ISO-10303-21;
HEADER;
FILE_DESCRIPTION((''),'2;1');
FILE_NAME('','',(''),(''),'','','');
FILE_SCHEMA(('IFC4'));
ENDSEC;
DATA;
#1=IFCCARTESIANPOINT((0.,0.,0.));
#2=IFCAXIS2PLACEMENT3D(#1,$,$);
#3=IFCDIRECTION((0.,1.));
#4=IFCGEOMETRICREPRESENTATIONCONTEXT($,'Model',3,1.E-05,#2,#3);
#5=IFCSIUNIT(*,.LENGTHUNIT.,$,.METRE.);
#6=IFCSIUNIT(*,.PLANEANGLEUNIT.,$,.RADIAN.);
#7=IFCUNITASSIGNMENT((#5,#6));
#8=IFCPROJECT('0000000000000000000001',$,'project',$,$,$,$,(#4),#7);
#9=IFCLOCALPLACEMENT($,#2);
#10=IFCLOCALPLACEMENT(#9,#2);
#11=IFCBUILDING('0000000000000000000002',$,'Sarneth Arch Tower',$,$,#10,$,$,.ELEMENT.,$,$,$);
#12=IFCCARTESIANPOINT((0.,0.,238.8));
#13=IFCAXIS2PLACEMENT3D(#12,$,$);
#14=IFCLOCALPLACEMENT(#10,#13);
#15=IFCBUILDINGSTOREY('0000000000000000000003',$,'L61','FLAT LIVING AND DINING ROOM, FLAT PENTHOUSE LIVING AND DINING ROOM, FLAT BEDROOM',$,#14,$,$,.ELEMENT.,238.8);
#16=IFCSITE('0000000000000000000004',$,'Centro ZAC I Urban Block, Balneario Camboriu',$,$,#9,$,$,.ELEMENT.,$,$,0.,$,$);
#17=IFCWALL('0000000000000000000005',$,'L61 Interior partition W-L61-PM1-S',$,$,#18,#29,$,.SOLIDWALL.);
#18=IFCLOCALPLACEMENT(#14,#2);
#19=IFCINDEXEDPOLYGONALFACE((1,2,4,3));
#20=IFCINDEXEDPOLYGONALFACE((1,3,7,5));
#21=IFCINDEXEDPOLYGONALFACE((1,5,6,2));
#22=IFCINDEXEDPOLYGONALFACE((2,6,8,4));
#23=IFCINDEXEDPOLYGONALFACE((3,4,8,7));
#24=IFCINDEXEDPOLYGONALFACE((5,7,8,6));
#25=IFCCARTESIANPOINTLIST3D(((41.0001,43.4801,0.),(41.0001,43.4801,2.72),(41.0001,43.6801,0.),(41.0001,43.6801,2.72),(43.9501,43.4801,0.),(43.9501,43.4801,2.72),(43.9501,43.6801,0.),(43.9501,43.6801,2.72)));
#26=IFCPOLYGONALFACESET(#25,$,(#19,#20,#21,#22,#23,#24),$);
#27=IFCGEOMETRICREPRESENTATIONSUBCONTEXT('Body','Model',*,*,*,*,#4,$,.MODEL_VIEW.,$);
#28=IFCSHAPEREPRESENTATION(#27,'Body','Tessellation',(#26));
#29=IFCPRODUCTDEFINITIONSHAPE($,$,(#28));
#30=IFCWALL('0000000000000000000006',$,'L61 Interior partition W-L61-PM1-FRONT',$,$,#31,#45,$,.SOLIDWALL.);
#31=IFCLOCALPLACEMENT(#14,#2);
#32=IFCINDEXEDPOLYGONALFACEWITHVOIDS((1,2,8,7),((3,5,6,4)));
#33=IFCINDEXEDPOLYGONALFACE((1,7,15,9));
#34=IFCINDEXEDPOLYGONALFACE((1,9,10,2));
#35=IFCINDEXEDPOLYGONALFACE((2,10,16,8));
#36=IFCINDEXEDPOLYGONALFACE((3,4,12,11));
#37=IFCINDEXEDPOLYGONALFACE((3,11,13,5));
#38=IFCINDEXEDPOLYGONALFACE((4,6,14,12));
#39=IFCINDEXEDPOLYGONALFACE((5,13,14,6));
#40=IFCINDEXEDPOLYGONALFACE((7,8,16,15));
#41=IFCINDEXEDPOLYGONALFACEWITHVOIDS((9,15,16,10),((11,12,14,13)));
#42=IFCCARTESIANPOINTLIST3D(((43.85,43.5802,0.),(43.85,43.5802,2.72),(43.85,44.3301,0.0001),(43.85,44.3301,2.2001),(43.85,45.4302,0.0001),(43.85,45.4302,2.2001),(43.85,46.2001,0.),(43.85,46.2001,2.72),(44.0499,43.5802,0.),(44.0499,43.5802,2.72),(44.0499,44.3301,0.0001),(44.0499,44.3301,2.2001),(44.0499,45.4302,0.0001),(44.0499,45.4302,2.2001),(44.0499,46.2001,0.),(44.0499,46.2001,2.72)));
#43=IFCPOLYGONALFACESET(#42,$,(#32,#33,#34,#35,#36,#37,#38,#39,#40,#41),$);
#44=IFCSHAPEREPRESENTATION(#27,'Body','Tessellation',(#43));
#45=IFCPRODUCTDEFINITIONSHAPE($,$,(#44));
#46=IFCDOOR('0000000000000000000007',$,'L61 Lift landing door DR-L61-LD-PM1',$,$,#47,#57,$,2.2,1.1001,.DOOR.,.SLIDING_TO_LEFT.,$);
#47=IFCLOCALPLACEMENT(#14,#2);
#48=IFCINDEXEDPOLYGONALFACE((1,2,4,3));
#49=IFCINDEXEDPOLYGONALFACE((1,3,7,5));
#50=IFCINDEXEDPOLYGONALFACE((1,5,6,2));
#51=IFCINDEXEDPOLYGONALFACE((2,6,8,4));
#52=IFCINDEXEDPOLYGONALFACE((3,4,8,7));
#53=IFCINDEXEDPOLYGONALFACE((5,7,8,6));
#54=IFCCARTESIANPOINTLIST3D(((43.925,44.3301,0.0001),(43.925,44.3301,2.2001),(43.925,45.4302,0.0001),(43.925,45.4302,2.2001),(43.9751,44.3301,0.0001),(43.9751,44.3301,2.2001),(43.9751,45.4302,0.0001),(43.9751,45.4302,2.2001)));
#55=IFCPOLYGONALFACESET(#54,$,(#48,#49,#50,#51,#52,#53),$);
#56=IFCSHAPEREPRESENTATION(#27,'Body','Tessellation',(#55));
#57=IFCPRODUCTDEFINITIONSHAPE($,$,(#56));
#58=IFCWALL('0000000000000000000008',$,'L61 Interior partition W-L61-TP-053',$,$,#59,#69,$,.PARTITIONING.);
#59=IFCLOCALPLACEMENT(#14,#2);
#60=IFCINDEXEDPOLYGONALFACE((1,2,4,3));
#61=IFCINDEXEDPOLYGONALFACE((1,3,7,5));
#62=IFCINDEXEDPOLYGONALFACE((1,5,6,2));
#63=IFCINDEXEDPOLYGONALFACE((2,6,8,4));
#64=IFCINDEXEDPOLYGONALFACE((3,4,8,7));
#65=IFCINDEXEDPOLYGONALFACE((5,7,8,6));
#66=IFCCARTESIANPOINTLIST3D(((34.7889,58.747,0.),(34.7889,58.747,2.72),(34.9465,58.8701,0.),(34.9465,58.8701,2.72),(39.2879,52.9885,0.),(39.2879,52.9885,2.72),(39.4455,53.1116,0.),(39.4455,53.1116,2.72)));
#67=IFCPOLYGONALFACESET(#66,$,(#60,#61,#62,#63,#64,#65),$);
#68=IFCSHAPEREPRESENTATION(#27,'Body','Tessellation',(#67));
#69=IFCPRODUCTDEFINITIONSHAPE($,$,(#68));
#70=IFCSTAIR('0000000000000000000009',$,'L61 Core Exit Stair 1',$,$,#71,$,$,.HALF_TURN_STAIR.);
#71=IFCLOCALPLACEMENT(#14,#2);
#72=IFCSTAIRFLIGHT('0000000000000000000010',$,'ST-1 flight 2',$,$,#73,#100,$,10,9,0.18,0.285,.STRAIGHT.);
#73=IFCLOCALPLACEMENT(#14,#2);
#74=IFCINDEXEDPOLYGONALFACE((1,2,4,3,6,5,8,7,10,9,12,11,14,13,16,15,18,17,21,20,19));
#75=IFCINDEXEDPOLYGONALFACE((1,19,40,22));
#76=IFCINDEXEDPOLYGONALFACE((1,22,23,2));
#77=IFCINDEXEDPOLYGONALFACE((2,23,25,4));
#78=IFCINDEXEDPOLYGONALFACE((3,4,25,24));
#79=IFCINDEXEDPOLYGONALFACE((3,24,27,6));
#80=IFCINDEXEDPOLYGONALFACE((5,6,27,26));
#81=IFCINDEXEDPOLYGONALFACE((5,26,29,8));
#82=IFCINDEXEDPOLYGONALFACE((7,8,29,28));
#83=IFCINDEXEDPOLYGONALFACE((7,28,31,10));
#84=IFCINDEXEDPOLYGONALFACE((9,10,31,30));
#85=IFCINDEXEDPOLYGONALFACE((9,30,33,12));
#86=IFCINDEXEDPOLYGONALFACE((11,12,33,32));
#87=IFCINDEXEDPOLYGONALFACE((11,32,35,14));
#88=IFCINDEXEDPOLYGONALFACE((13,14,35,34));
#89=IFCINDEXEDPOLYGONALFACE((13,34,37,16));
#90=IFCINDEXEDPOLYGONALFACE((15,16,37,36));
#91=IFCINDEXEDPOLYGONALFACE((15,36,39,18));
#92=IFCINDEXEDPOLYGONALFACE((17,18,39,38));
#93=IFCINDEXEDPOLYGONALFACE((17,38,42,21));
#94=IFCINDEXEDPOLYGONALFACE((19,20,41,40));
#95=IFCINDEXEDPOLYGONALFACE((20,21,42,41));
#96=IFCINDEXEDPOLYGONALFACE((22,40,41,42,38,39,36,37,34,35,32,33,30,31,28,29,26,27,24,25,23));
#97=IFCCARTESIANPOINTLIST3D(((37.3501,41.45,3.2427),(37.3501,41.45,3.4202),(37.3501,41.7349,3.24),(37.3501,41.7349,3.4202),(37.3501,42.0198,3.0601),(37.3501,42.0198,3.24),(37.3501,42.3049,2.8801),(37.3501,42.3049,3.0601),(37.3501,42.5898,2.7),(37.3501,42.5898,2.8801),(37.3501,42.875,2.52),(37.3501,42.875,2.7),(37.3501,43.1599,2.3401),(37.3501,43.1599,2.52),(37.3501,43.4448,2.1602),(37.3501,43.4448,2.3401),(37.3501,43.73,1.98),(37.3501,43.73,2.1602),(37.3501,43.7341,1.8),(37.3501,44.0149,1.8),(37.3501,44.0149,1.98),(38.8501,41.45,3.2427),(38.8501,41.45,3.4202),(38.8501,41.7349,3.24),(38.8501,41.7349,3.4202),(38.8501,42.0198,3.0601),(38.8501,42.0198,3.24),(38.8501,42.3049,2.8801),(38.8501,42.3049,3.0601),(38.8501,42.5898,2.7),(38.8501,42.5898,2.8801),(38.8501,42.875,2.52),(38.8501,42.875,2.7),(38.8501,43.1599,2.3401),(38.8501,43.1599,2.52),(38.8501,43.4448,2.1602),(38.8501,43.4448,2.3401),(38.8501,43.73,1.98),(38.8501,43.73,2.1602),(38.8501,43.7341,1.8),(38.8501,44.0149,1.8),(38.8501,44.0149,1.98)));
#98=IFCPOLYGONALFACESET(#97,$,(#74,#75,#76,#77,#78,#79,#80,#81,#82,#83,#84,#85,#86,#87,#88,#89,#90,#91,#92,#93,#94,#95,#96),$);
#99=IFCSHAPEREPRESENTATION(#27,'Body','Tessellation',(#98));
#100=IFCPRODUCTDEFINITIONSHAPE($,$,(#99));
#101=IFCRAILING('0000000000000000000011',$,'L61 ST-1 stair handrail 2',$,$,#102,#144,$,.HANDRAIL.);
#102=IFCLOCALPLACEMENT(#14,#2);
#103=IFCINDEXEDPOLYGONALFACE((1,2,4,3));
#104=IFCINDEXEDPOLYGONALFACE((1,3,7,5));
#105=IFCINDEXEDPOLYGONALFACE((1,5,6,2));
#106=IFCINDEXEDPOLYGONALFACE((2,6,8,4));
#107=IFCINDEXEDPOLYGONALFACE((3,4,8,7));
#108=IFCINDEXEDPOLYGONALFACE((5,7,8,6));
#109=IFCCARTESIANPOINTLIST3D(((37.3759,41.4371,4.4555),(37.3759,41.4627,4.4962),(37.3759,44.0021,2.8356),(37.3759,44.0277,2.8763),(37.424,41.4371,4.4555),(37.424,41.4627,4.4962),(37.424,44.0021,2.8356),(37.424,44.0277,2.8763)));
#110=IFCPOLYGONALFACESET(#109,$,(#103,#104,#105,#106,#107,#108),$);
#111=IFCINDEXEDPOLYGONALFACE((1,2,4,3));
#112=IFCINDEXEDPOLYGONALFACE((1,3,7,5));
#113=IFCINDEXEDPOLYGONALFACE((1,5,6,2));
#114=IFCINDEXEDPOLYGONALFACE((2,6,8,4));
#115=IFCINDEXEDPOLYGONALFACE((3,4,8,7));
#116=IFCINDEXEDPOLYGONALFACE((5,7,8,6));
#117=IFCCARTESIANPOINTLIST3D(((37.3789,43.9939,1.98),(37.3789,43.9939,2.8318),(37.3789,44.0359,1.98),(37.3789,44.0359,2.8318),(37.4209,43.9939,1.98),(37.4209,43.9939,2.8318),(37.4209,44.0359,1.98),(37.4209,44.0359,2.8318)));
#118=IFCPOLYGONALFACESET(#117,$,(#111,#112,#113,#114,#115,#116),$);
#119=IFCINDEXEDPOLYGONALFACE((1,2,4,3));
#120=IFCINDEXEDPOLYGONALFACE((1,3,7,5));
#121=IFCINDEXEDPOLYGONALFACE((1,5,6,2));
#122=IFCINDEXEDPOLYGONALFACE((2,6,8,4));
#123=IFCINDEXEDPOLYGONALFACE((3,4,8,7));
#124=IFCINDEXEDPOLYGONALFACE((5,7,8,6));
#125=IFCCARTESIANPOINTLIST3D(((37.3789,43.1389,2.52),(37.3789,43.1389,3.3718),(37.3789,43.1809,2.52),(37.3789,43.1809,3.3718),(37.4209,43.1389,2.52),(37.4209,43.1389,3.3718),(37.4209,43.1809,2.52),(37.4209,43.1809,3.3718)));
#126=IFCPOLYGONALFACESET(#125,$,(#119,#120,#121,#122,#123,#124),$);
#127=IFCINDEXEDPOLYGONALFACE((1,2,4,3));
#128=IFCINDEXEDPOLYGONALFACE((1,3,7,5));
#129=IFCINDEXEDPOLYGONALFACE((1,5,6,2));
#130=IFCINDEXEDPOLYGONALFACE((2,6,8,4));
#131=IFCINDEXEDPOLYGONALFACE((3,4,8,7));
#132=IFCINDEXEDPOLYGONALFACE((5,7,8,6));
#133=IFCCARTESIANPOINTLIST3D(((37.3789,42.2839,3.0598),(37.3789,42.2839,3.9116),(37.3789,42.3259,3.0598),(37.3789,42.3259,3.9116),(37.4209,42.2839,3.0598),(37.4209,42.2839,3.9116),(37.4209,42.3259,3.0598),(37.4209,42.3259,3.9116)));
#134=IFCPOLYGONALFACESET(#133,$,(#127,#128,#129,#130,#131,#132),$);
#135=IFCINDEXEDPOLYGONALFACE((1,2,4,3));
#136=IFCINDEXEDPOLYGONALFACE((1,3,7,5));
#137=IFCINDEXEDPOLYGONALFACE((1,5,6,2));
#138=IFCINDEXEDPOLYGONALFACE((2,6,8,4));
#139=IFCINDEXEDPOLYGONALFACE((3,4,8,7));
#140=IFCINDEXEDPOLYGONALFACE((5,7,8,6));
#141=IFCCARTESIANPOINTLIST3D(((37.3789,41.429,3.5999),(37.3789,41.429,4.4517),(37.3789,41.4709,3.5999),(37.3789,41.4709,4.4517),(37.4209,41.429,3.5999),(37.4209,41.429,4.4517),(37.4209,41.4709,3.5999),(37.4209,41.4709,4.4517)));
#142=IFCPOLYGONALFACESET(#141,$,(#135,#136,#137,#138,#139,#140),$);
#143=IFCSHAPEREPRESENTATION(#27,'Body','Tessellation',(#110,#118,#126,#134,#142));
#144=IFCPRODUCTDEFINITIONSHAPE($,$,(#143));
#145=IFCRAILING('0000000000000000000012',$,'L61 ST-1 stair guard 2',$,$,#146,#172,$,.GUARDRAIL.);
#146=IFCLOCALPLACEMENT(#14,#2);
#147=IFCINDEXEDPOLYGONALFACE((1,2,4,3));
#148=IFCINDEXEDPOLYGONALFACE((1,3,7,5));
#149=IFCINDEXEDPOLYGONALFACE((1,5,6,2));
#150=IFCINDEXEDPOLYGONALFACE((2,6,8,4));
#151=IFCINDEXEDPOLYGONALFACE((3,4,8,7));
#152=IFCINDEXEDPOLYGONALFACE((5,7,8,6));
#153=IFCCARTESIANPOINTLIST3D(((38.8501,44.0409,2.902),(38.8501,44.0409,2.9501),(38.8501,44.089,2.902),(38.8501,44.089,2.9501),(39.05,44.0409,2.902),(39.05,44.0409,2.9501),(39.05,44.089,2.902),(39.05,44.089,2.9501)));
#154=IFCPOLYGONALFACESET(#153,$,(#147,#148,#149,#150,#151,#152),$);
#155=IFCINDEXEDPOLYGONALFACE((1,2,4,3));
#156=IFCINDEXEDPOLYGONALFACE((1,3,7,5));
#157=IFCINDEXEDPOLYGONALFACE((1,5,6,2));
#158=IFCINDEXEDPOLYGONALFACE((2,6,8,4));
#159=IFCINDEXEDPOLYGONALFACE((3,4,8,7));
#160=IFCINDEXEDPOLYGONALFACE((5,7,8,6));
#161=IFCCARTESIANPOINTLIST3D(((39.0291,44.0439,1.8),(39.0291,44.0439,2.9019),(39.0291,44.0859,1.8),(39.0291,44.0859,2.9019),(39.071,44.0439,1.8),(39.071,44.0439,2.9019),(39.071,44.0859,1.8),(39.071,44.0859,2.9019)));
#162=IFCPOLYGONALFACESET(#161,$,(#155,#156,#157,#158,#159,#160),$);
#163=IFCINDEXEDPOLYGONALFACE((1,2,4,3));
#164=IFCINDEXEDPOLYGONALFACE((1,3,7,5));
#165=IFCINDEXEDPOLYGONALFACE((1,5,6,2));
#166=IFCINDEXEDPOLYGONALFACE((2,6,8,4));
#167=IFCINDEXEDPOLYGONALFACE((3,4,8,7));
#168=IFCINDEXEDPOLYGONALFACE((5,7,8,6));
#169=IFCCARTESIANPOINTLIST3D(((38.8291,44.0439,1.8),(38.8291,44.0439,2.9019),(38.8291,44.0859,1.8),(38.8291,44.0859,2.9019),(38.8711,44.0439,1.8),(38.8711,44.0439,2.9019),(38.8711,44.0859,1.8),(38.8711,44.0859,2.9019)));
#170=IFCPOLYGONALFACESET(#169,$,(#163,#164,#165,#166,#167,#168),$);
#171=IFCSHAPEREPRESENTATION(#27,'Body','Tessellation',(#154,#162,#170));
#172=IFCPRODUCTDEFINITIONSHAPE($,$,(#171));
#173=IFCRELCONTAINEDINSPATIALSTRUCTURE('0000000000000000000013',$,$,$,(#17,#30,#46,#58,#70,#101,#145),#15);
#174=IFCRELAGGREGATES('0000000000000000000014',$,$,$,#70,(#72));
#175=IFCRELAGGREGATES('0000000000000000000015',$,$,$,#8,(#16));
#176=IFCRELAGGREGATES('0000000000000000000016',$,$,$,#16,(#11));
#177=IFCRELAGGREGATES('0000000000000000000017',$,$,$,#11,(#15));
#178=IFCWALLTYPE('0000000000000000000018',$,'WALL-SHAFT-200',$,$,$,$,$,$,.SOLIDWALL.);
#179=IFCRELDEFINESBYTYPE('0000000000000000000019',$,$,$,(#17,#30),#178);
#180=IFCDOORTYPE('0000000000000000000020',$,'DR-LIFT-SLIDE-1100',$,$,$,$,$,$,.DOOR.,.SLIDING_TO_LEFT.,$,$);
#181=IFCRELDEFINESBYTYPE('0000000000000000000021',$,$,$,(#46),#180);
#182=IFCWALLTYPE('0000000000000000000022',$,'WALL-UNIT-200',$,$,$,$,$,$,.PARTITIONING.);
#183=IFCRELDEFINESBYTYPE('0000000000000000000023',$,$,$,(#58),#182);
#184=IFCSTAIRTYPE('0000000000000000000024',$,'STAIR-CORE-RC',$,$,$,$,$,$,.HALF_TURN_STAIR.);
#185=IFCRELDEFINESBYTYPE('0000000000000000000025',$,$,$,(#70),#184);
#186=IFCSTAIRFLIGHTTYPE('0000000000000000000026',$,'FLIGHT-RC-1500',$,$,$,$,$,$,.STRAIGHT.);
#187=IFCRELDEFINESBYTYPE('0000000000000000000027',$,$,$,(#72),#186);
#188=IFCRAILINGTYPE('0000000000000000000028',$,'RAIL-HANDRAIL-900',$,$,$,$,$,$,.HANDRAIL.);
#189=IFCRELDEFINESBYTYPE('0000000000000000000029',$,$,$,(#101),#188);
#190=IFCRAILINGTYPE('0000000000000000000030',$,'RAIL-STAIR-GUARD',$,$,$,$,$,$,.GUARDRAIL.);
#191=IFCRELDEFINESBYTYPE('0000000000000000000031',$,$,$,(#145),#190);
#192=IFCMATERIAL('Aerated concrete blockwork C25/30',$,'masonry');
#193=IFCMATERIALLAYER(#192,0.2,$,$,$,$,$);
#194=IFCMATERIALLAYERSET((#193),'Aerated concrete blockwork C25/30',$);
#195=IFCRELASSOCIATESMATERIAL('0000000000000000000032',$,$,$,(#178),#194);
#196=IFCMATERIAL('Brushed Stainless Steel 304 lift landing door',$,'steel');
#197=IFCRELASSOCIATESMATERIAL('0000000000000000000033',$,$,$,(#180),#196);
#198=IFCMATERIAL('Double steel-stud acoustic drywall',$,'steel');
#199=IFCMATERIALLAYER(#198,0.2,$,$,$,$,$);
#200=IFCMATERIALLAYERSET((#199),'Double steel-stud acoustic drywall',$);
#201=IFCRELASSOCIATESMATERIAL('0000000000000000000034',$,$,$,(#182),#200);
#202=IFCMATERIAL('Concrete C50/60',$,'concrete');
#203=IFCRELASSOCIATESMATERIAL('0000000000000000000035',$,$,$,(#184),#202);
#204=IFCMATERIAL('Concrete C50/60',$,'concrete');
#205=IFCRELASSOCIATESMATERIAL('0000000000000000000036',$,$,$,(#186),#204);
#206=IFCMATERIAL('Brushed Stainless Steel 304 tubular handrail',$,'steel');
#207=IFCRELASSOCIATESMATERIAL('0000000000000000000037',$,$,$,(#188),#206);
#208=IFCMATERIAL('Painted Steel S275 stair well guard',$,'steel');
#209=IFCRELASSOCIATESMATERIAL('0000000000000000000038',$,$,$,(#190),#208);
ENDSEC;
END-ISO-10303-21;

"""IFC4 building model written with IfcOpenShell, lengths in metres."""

from ifc_helpers import new_model, si_unit, direction, frame, frame_2d, origin, origin_2d, place, context, subcontext, project, spatial, polyline, rectangle, outline, extrude, material, layer, layer_set, type_object, element, fill, aggregate, save


model = new_model("IFC4")

# Units and contexts
model_context = context("Model", 3, precision=1e-05, world=origin(), true_north=direction((0.0, 1.0)))
body_context = subcontext(model_context, "Body", "Model", "MODEL_VIEW")
ifc_project = project(units=[si_unit("LENGTHUNIT", "METRE"), si_unit("PLANEANGLEUNIT", "RADIAN")], contexts=[model_context])

# Site, building, storey
site_placement = place(None, origin())
site = spatial("IfcSite", under=ifc_project, at=site_placement, Name="Centro ZAC I Urban Block, Balneario Camboriu", CompositionType="ELEMENT", RefElevation=0.0)
building_placement = place(site_placement, origin())
building = spatial("IfcBuilding", under=site, at=building_placement, Name="Sarneth Arch Tower", CompositionType="ELEMENT")
storey_placement = place(building_placement, frame((0.0, 0.0, 238.8)))
storey = spatial("IfcBuildingStorey", under=building, at=storey_placement, Name="L61", Description="FLAT LIVING AND DINING ROOM, FLAT PENTHOUSE LIVING AND DINING ROOM, FLAT BEDROOM", CompositionType="ELEMENT", Elevation=238.8)

# Shared definitions
ifc_material_1 = material(Name="Aerated concrete blockwork C25/30", Category="masonry")
ifc_layer_1 = layer(ifc_material_1, 0.2)
ifc_layer_set_1 = layer_set([ifc_layer_1], Name="Aerated concrete blockwork C25/30")
wall_type_1 = type_object("IfcWallType", Name="WALL-SHAFT-200", PredefinedType="SOLIDWALL", material=ifc_layer_set_1)

# Wall
wall_1_placement = place(storey_placement, frame((41.0, 43.5801, 0.0), z_axis=(0.0, 0.0, 1.0), x_axis=(1.0, 0.0, 0.0)))
element("IfcWall", 1, at=wall_1_placement, inside=storey, type_object=wall_type_1, Name="L61 Interior partition W-L61-PM1-S", PredefinedType="SOLIDWALL", context=body_context, shape_type="SweptSolid", body=[
    extrude(rectangle(XDim=2.95, YDim=0.2, at=frame_2d((1.4751, 0.0))), origin(), (0.0, 0.0, 1.0), 2.72),
])

# Wall, opening, door
wall_2_placement = place(storey_placement, frame((43.95, 43.5801, 0.0), z_axis=(0.0, 0.0, 1.0), x_axis=(0.0, 1.0, 0.0)))
wall_2 = element("IfcWall", 2, at=wall_2_placement, inside=storey, type_object=wall_type_1, Name="L61 Interior partition W-L61-PM1-FRONT", PredefinedType="SOLIDWALL", context=body_context, shape_type="SweptSolid", body=[
    extrude(rectangle(XDim=2.6199, YDim=0.2, at=frame_2d((1.3101, 0.0))), origin(), (0.0, 0.0, 1.0), 2.72),
])
opening_1_placement = place(wall_2_placement, frame((0.75, 0.0, 0.0)))
opening_1 = element("IfcOpeningElement", 3, at=opening_1_placement, cuts=wall_2, PredefinedType="OPENING", context=body_context, shape_type="SweptSolid", body=[
    extrude(rectangle(XDim=1.1001, YDim=2.2, at=frame_2d((0.55, 1.1001))), frame((0.0, 0.1099, 0.0), z_axis=(0.0, -1.0, 0.0), x_axis=(1.0, 0.0, 0.0)), (0.0, 0.0, 1.0), 0.22),
])
ifc_material_2 = material(Name="Brushed Stainless Steel 304 lift landing door", Category="steel")
door_type_1 = type_object("IfcDoorType", Name="DR-LIFT-SLIDE-1100", OperationType="SLIDING_TO_LEFT", PredefinedType="DOOR", material=ifc_material_2)
door_1_placement = place(opening_1_placement, origin())
door_1 = element("IfcDoor", 4, at=door_1_placement, inside=storey, type_object=door_type_1, Name="L61 Lift landing door DR-L61-LD-PM1", OperationType="SLIDING_TO_LEFT", OverallHeight=2.2, OverallWidth=1.1001, PredefinedType="DOOR", context=body_context, shape_type="SweptSolid", body=[
    extrude(rectangle(XDim=1.1001, YDim=2.2, at=frame_2d((0.55, 1.1001))), frame((0.0, 0.0249, 0.0), z_axis=(0.0, -1.0, 0.0), x_axis=(1.0, 0.0, 0.0)), (0.0, 0.0, 1.0), 0.05),
])
fill(opening_1, door_1)

# Wall
ifc_material_3 = material(Name="Double steel-stud acoustic drywall", Category="steel")
ifc_layer_2 = layer(ifc_material_3, 0.2)
ifc_layer_set_2 = layer_set([ifc_layer_2], Name="Double steel-stud acoustic drywall")
wall_type_2 = type_object("IfcWallType", Name="WALL-UNIT-200", PredefinedType="PARTITIONING", material=ifc_layer_set_2)
wall_3_placement = place(storey_placement, frame((39.3667, 53.05, 0.0), z_axis=(0.0, 0.0, 1.0), x_axis=(-0.615658, 0.788014, 0.0)))
element("IfcWall", 5, at=wall_3_placement, inside=storey, type_object=wall_type_2, Name="L61 Interior partition W-L61-TP-053", PredefinedType="PARTITIONING", context=body_context, shape_type="SweptSolid", body=[
    extrude(rectangle(XDim=7.3076, YDim=0.2, at=frame_2d((3.6538, 0.0))), origin(), (0.0, 0.0, 1.0), 2.72),
])

# Stair, stair flight
ifc_material_4 = material(Name="Concrete C50/60", Category="concrete")
stair_type = type_object("IfcStairType", Name="STAIR-CORE-RC", PredefinedType="HALF_TURN_STAIR", material=ifc_material_4)
stair_placement = place(storey_placement, origin())
stair = element("IfcStair", 6, at=stair_placement, inside=storey, type_object=stair_type, Name="L61 Core Exit Stair 1", PredefinedType="HALF_TURN_STAIR")
ifc_material_5 = material(Name="Concrete C50/60", Category="concrete")
stair_flight_type = type_object("IfcStairFlightType", Name="FLIGHT-RC-1500", PredefinedType="STRAIGHT", material=ifc_material_5)
stair_flight_placement = place(storey_placement, frame((38.1001, 44.0149, 1.8), z_axis=(0.0, 0.0, 1.0), x_axis=(0.0, -1.0, 0.0)))
stair_flight = element("IfcStairFlight", 7, at=stair_flight_placement, type_object=stair_flight_type, Name="ST-1 flight 2", NumberOfRisers=10, NumberOfTreads=9, PredefinedType="STRAIGHT", RiserHeight=0.18, TreadLength=0.285, context=body_context, shape_type="SweptSolid", body=[
    extrude(outline(polyline([(0.0, 0.0), (0.0, 0.1799), (0.2849, 0.1799), (0.2849, 0.3601), (0.5701, 0.3601), (0.5701, 0.54), (0.855, 0.54), (0.855, 0.72), (1.1399, 0.72), (1.1399, 0.8999), (1.425, 0.8999), (1.425, 1.0801), (1.71, 1.0801), (1.71, 1.26), (1.9951, 1.26), (1.9951, 1.4399), (2.28, 1.4399), (2.28, 1.6201), (2.5649, 1.6201), (2.5649, 1.8), (2.5649, 1.4426), (0.2808, 0.0), (0.0, 0.0)])), frame((0.0, 0.75, 0.0), z_axis=(0.0, -1.0, 0.0), x_axis=(1.0, 0.0, 0.0)), (0.0, 0.0, 1.0), 1.5),
])
aggregate(stair, [stair_flight])

# Railings
ifc_material_6 = material(Name="Brushed Stainless Steel 304 tubular handrail", Category="steel")
railing_type_1 = type_object("IfcRailingType", Name="RAIL-HANDRAIL-900", PredefinedType="HANDRAIL", material=ifc_material_6)
railing_1_placement = place(storey_placement, frame((37.3999, 44.0149, 1.98)))
element("IfcRailing", 8, at=railing_1_placement, inside=storey, type_object=railing_type_1, Name="L61 ST-1 stair handrail 2", PredefinedType="HANDRAIL", context=body_context, shape_type="SweptSolid", body=[
    extrude(rectangle(XDim=0.0481, YDim=0.0481, at=origin_2d()), frame((0.0, 0.0, 0.876), z_axis=(0.0, -0.845502, 0.533972), x_axis=(1.0, 0.0, 0.0)), (0.0, 0.0, 1.0), 3.0337),
    extrude(rectangle(XDim=0.042, YDim=0.042, at=origin_2d()), origin(), (0.0, 0.0, 1.0), 0.8518),
    extrude(rectangle(XDim=0.042, YDim=0.042, at=origin_2d()), frame((0.0, -0.855, 0.54)), (0.0, 0.0, 1.0), 0.8518),
    extrude(rectangle(XDim=0.042, YDim=0.042, at=origin_2d()), frame((0.0, -1.71, 1.0798)), (0.0, 0.0, 1.0), 0.8518),
    extrude(rectangle(XDim=0.042, YDim=0.042, at=origin_2d()), frame((0.0, -2.5649, 1.6199)), (0.0, 0.0, 1.0), 0.8518),
])
ifc_material_7 = material(Name="Painted Steel S275 stair well guard", Category="steel")
railing_type_2 = type_object("IfcRailingType", Name="RAIL-STAIR-GUARD", PredefinedType="GUARDRAIL", material=ifc_material_7)
railing_2_placement = place(storey_placement, frame((39.05, 44.0649, 1.8)))
element("IfcRailing", 9, at=railing_2_placement, inside=storey, type_object=railing_type_2, Name="L61 ST-1 stair guard 2", PredefinedType="GUARDRAIL", context=body_context, shape_type="SweptSolid", body=[
    extrude(rectangle(XDim=0.0481, YDim=0.0481, at=origin_2d()), frame((0.0, 0.0, 1.126), z_axis=(-1.0, 0.0, 0.0), x_axis=(0.0, -1.0, 0.0)), (0.0, 0.0, 1.0), 0.2),
    extrude(rectangle(XDim=0.042, YDim=0.042, at=origin_2d()), origin(), (0.0, 0.0, 1.0), 1.1018),
    extrude(rectangle(XDim=0.042, YDim=0.042, at=origin_2d()), frame((-0.2, 0.0, 0.0)), (0.0, 0.0, 1.0), 1.1018),
])

save(model, "model.ifc")
